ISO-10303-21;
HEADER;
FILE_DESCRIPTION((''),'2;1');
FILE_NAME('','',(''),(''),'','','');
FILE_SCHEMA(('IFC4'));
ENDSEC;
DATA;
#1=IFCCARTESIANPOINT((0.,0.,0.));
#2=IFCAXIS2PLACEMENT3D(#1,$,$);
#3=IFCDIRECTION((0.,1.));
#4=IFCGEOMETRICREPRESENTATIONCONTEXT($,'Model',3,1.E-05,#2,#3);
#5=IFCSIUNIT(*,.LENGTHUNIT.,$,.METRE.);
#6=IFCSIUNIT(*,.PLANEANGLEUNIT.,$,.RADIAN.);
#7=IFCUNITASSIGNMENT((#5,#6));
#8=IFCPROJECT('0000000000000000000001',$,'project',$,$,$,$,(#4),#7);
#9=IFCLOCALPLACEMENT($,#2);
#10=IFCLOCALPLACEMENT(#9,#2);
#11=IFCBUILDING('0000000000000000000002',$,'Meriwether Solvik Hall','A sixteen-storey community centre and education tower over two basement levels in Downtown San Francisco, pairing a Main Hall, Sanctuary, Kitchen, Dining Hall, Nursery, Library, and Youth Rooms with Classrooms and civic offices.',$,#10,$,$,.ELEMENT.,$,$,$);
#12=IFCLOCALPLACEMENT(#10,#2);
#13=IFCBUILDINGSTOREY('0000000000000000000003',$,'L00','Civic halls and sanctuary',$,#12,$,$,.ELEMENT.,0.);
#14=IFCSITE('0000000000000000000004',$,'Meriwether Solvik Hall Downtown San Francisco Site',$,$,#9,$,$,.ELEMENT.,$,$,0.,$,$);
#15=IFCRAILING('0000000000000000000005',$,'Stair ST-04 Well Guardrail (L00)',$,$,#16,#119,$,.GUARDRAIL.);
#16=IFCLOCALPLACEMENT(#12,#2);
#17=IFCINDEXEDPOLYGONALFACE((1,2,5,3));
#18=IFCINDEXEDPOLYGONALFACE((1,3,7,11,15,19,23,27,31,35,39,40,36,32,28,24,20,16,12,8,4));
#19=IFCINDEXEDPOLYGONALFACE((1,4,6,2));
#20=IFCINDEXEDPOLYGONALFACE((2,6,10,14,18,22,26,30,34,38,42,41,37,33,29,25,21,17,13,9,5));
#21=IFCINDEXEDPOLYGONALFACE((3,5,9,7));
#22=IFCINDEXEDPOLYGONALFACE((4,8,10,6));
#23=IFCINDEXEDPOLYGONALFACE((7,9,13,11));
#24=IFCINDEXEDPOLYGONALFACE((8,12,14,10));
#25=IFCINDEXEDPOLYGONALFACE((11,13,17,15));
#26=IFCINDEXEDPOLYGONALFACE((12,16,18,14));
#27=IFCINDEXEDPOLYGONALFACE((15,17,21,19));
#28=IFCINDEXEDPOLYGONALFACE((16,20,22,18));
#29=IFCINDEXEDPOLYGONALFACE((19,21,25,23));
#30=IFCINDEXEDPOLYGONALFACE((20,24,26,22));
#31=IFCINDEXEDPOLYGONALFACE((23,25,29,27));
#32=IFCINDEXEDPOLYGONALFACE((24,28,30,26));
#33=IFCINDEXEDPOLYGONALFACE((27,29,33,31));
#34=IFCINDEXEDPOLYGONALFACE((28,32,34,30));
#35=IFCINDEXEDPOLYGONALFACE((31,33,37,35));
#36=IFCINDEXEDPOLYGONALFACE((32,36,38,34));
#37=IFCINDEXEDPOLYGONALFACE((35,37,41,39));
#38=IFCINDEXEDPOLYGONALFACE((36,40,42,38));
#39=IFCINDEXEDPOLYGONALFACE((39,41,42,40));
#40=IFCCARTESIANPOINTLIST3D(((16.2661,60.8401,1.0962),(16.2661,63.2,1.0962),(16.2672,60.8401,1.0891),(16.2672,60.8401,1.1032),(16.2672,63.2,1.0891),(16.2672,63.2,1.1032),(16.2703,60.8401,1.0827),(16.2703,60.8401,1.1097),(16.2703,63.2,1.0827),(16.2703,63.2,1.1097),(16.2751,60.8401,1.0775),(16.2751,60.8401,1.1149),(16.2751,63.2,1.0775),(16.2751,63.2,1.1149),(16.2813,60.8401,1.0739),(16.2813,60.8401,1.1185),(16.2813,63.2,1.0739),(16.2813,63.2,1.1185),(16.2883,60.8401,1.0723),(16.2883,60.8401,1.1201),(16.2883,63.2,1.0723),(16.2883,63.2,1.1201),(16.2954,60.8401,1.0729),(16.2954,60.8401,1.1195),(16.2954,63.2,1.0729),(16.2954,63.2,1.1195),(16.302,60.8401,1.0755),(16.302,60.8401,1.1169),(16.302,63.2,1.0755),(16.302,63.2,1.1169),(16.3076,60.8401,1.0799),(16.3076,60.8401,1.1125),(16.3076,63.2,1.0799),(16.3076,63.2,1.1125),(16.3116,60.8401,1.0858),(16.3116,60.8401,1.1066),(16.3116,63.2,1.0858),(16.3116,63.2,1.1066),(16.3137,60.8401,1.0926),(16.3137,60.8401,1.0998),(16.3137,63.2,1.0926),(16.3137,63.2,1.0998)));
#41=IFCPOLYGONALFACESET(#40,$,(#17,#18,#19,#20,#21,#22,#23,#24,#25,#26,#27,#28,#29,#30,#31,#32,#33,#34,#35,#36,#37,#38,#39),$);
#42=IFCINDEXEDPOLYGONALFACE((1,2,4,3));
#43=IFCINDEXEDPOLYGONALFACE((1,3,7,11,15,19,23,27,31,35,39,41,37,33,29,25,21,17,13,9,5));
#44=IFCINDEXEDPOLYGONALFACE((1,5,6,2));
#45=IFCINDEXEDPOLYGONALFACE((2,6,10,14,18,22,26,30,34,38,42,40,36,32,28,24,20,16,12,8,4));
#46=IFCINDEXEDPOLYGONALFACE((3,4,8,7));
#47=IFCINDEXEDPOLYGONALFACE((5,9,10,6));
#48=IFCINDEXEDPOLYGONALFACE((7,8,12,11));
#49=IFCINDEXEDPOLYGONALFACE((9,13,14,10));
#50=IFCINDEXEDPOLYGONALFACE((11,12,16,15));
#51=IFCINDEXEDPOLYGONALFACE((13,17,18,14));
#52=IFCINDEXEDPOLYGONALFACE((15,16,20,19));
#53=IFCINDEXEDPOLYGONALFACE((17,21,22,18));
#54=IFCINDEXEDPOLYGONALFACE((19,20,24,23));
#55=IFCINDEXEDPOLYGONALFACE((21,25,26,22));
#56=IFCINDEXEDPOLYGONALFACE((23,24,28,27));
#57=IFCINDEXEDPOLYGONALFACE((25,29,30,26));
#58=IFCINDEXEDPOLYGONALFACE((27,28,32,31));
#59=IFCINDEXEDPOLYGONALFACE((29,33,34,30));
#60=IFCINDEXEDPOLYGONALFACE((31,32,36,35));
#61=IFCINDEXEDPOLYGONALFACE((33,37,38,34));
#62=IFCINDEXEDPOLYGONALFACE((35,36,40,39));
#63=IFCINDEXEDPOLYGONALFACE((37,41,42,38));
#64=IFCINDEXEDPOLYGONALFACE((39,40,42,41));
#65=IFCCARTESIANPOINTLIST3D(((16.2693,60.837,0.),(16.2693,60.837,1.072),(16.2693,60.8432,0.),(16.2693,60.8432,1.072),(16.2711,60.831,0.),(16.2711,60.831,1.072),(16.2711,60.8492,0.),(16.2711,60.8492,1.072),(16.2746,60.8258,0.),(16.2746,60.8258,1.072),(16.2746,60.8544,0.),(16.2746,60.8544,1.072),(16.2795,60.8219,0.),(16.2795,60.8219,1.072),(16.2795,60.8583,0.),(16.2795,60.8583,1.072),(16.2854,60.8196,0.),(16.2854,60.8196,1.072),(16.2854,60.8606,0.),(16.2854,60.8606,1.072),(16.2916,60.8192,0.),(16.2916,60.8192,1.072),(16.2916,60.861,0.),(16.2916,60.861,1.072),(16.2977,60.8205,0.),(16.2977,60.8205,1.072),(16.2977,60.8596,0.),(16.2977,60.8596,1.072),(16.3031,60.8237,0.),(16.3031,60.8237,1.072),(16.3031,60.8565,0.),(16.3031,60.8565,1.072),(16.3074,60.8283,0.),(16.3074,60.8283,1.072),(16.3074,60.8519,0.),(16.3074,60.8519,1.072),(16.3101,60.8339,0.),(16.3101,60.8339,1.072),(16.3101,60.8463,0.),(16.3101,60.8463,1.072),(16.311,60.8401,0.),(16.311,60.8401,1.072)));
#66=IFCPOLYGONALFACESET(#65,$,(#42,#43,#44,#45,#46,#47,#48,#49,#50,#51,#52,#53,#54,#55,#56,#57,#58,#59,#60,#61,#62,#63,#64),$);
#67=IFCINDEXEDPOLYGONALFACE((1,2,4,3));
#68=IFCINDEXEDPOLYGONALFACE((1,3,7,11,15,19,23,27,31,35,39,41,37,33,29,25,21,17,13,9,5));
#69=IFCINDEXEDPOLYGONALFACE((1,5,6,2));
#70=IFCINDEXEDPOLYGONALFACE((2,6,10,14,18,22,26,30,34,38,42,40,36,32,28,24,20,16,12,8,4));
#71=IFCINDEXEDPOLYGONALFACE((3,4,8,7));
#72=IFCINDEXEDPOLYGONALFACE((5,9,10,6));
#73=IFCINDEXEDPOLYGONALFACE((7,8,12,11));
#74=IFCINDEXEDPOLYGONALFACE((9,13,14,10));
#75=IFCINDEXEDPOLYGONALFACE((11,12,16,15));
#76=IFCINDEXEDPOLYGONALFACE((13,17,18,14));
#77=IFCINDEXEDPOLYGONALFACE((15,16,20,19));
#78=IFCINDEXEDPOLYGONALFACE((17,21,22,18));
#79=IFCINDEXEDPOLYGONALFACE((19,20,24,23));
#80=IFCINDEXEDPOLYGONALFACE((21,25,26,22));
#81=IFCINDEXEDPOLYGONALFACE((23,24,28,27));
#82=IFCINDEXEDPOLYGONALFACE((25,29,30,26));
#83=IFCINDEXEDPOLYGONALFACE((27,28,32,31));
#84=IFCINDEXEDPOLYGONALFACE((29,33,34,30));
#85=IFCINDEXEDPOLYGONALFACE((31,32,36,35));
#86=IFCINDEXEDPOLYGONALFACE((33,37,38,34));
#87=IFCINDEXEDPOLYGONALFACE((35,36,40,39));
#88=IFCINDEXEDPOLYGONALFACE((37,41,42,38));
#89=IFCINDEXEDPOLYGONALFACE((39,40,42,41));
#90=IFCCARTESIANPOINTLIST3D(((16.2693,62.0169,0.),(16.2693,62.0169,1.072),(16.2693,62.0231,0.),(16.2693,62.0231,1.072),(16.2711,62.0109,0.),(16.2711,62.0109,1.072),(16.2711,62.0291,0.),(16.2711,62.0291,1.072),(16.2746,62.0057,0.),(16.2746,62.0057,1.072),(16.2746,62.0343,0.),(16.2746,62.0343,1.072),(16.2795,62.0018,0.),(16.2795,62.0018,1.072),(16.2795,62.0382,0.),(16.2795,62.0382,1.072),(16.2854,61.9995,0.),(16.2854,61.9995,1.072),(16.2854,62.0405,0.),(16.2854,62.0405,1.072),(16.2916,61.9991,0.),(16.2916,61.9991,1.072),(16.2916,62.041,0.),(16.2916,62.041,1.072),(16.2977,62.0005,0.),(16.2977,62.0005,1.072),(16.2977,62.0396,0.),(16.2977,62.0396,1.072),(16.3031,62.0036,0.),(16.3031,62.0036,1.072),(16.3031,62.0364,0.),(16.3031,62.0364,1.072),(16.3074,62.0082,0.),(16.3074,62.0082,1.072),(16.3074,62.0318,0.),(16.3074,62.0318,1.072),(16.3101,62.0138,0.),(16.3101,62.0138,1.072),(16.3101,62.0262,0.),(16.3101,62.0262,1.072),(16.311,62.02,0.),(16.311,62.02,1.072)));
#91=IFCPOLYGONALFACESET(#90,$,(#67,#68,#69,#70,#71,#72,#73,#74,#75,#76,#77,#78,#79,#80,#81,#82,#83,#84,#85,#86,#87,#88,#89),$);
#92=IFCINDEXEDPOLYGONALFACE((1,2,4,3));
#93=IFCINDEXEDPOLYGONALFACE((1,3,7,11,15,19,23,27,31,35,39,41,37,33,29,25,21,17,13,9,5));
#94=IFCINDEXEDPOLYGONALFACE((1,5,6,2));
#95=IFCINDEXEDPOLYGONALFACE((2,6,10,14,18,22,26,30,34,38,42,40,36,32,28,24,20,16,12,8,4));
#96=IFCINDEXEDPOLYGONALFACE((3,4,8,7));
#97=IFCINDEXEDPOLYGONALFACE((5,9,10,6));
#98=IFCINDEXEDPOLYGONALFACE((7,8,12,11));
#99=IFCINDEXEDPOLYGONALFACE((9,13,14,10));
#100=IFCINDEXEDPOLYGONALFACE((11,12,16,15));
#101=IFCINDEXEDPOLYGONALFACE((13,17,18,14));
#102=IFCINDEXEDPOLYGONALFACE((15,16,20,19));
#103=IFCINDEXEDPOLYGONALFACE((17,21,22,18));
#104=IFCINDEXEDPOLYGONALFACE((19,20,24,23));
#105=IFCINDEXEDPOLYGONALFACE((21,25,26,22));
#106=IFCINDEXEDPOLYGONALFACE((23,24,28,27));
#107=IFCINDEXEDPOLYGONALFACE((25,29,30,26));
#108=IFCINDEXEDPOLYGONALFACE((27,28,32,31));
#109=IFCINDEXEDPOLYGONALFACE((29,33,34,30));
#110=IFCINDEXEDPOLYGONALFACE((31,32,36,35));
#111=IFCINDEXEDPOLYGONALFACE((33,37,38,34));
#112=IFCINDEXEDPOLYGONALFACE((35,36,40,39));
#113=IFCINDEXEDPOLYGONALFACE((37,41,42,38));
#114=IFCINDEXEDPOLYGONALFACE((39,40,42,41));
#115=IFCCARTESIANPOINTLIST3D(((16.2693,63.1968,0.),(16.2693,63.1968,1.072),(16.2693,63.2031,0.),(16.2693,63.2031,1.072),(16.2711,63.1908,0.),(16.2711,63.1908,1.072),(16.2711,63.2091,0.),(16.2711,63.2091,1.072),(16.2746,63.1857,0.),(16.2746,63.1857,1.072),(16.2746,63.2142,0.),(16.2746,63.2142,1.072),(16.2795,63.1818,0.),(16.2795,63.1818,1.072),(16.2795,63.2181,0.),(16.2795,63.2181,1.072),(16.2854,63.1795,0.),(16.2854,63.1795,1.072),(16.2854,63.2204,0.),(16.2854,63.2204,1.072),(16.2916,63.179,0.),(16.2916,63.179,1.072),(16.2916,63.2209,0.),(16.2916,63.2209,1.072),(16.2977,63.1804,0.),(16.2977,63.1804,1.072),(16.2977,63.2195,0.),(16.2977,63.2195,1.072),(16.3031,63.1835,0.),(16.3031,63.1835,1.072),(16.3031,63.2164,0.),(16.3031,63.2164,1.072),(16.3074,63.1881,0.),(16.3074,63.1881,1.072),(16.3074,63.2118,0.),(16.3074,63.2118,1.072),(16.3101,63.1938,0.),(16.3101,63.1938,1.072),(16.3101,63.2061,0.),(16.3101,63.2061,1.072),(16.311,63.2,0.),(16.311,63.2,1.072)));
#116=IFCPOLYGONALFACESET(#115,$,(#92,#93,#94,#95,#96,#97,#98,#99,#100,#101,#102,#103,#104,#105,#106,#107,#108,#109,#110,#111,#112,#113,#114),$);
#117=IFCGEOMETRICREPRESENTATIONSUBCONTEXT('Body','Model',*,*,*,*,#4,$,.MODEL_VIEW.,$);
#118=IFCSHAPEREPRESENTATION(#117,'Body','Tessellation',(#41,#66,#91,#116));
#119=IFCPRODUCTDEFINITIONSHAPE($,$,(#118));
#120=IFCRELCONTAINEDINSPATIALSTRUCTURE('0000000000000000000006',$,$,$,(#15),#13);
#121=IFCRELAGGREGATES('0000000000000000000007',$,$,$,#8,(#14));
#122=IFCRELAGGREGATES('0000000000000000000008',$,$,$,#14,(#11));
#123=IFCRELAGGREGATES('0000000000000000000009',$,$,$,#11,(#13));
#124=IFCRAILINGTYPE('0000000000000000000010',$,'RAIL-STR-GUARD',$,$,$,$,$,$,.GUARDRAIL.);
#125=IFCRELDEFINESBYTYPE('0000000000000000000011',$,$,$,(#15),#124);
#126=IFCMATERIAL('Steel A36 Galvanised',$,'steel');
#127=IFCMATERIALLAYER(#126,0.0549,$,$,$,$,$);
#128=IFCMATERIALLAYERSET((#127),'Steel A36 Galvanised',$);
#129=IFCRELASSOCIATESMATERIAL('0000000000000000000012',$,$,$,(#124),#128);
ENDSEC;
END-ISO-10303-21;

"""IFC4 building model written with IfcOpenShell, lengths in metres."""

from ifc_helpers import new_model, si_unit, direction, frame, origin, origin_2d, place, context, subcontext, project, spatial, circle, extrude, material, layer, layer_set, type_object, element, save


model = new_model("IFC4")

# Units and contexts
model_context = context("Model", 3, precision=1e-05, world=origin(), true_north=direction((0.0, 1.0)))
body_context = subcontext(model_context, "Body", "Model", "MODEL_VIEW")
ifc_project = project(units=[si_unit("LENGTHUNIT", "METRE"), si_unit("PLANEANGLEUNIT", "RADIAN")], contexts=[model_context])

# Site, building, storey
site_placement = place(None, origin())
site = spatial("IfcSite", under=ifc_project, at=site_placement, Name="Meriwether Solvik Hall Downtown San Francisco Site", CompositionType="ELEMENT", RefElevation=0.0)
building_placement = place(site_placement, origin())
building = spatial("IfcBuilding", under=site, at=building_placement, Name="Meriwether Solvik Hall", Description="A sixteen-storey community centre and education tower over two basement levels in Downtown San Francisco, pairing a Main Hall, Sanctuary, Kitchen, Dining Hall, Nursery, Library, and Youth Rooms with Classrooms and civic offices.", CompositionType="ELEMENT")
storey_placement = place(building_placement, origin())
storey = spatial("IfcBuildingStorey", under=building, at=storey_placement, Name="L00", Description="Civic halls and sanctuary", CompositionType="ELEMENT", Elevation=0.0)

# Railing
ifc_material_1 = material(Name="Steel A36 Galvanised", Category="steel")
ifc_layer_1 = layer(ifc_material_1, 0.0549)
ifc_layer_set_1 = layer_set([ifc_layer_1], Name="Steel A36 Galvanised")
railing_type_1 = type_object("IfcRailingType", Name="RAIL-STR-GUARD", PredefinedType="GUARDRAIL", material=ifc_layer_set_1)
railing_1_placement = place(storey_placement, frame((16.29, 60.8401, 0.0)))
element("IfcRailing", 1, at=railing_1_placement, inside=storey, type_object=railing_type_1, Name="Stair ST-04 Well Guardrail (L00)", PredefinedType="GUARDRAIL", context=body_context, shape_type="SweptSolid", body=[
    extrude(circle(Radius=0.0239, at=origin_2d()), frame((0.0, 0.0, 1.0962), z_axis=(0.0, 1.0, 0.0), x_axis=(-1.0, 0.0, 0.0)), (0.0, 0.0, 1.0), 2.3599),
    extrude(circle(Radius=0.021, at=origin_2d()), origin(), (0.0, 0.0, 1.0), 1.072),
    extrude(circle(Radius=0.021, at=origin_2d()), frame((0.0, 1.1799, 0.0)), (0.0, 0.0, 1.0), 1.072),
    extrude(circle(Radius=0.021, at=origin_2d()), frame((0.0, 2.3599, 0.0)), (0.0, 0.0, 1.0), 1.072),
])

save(model, "model.ifc")
